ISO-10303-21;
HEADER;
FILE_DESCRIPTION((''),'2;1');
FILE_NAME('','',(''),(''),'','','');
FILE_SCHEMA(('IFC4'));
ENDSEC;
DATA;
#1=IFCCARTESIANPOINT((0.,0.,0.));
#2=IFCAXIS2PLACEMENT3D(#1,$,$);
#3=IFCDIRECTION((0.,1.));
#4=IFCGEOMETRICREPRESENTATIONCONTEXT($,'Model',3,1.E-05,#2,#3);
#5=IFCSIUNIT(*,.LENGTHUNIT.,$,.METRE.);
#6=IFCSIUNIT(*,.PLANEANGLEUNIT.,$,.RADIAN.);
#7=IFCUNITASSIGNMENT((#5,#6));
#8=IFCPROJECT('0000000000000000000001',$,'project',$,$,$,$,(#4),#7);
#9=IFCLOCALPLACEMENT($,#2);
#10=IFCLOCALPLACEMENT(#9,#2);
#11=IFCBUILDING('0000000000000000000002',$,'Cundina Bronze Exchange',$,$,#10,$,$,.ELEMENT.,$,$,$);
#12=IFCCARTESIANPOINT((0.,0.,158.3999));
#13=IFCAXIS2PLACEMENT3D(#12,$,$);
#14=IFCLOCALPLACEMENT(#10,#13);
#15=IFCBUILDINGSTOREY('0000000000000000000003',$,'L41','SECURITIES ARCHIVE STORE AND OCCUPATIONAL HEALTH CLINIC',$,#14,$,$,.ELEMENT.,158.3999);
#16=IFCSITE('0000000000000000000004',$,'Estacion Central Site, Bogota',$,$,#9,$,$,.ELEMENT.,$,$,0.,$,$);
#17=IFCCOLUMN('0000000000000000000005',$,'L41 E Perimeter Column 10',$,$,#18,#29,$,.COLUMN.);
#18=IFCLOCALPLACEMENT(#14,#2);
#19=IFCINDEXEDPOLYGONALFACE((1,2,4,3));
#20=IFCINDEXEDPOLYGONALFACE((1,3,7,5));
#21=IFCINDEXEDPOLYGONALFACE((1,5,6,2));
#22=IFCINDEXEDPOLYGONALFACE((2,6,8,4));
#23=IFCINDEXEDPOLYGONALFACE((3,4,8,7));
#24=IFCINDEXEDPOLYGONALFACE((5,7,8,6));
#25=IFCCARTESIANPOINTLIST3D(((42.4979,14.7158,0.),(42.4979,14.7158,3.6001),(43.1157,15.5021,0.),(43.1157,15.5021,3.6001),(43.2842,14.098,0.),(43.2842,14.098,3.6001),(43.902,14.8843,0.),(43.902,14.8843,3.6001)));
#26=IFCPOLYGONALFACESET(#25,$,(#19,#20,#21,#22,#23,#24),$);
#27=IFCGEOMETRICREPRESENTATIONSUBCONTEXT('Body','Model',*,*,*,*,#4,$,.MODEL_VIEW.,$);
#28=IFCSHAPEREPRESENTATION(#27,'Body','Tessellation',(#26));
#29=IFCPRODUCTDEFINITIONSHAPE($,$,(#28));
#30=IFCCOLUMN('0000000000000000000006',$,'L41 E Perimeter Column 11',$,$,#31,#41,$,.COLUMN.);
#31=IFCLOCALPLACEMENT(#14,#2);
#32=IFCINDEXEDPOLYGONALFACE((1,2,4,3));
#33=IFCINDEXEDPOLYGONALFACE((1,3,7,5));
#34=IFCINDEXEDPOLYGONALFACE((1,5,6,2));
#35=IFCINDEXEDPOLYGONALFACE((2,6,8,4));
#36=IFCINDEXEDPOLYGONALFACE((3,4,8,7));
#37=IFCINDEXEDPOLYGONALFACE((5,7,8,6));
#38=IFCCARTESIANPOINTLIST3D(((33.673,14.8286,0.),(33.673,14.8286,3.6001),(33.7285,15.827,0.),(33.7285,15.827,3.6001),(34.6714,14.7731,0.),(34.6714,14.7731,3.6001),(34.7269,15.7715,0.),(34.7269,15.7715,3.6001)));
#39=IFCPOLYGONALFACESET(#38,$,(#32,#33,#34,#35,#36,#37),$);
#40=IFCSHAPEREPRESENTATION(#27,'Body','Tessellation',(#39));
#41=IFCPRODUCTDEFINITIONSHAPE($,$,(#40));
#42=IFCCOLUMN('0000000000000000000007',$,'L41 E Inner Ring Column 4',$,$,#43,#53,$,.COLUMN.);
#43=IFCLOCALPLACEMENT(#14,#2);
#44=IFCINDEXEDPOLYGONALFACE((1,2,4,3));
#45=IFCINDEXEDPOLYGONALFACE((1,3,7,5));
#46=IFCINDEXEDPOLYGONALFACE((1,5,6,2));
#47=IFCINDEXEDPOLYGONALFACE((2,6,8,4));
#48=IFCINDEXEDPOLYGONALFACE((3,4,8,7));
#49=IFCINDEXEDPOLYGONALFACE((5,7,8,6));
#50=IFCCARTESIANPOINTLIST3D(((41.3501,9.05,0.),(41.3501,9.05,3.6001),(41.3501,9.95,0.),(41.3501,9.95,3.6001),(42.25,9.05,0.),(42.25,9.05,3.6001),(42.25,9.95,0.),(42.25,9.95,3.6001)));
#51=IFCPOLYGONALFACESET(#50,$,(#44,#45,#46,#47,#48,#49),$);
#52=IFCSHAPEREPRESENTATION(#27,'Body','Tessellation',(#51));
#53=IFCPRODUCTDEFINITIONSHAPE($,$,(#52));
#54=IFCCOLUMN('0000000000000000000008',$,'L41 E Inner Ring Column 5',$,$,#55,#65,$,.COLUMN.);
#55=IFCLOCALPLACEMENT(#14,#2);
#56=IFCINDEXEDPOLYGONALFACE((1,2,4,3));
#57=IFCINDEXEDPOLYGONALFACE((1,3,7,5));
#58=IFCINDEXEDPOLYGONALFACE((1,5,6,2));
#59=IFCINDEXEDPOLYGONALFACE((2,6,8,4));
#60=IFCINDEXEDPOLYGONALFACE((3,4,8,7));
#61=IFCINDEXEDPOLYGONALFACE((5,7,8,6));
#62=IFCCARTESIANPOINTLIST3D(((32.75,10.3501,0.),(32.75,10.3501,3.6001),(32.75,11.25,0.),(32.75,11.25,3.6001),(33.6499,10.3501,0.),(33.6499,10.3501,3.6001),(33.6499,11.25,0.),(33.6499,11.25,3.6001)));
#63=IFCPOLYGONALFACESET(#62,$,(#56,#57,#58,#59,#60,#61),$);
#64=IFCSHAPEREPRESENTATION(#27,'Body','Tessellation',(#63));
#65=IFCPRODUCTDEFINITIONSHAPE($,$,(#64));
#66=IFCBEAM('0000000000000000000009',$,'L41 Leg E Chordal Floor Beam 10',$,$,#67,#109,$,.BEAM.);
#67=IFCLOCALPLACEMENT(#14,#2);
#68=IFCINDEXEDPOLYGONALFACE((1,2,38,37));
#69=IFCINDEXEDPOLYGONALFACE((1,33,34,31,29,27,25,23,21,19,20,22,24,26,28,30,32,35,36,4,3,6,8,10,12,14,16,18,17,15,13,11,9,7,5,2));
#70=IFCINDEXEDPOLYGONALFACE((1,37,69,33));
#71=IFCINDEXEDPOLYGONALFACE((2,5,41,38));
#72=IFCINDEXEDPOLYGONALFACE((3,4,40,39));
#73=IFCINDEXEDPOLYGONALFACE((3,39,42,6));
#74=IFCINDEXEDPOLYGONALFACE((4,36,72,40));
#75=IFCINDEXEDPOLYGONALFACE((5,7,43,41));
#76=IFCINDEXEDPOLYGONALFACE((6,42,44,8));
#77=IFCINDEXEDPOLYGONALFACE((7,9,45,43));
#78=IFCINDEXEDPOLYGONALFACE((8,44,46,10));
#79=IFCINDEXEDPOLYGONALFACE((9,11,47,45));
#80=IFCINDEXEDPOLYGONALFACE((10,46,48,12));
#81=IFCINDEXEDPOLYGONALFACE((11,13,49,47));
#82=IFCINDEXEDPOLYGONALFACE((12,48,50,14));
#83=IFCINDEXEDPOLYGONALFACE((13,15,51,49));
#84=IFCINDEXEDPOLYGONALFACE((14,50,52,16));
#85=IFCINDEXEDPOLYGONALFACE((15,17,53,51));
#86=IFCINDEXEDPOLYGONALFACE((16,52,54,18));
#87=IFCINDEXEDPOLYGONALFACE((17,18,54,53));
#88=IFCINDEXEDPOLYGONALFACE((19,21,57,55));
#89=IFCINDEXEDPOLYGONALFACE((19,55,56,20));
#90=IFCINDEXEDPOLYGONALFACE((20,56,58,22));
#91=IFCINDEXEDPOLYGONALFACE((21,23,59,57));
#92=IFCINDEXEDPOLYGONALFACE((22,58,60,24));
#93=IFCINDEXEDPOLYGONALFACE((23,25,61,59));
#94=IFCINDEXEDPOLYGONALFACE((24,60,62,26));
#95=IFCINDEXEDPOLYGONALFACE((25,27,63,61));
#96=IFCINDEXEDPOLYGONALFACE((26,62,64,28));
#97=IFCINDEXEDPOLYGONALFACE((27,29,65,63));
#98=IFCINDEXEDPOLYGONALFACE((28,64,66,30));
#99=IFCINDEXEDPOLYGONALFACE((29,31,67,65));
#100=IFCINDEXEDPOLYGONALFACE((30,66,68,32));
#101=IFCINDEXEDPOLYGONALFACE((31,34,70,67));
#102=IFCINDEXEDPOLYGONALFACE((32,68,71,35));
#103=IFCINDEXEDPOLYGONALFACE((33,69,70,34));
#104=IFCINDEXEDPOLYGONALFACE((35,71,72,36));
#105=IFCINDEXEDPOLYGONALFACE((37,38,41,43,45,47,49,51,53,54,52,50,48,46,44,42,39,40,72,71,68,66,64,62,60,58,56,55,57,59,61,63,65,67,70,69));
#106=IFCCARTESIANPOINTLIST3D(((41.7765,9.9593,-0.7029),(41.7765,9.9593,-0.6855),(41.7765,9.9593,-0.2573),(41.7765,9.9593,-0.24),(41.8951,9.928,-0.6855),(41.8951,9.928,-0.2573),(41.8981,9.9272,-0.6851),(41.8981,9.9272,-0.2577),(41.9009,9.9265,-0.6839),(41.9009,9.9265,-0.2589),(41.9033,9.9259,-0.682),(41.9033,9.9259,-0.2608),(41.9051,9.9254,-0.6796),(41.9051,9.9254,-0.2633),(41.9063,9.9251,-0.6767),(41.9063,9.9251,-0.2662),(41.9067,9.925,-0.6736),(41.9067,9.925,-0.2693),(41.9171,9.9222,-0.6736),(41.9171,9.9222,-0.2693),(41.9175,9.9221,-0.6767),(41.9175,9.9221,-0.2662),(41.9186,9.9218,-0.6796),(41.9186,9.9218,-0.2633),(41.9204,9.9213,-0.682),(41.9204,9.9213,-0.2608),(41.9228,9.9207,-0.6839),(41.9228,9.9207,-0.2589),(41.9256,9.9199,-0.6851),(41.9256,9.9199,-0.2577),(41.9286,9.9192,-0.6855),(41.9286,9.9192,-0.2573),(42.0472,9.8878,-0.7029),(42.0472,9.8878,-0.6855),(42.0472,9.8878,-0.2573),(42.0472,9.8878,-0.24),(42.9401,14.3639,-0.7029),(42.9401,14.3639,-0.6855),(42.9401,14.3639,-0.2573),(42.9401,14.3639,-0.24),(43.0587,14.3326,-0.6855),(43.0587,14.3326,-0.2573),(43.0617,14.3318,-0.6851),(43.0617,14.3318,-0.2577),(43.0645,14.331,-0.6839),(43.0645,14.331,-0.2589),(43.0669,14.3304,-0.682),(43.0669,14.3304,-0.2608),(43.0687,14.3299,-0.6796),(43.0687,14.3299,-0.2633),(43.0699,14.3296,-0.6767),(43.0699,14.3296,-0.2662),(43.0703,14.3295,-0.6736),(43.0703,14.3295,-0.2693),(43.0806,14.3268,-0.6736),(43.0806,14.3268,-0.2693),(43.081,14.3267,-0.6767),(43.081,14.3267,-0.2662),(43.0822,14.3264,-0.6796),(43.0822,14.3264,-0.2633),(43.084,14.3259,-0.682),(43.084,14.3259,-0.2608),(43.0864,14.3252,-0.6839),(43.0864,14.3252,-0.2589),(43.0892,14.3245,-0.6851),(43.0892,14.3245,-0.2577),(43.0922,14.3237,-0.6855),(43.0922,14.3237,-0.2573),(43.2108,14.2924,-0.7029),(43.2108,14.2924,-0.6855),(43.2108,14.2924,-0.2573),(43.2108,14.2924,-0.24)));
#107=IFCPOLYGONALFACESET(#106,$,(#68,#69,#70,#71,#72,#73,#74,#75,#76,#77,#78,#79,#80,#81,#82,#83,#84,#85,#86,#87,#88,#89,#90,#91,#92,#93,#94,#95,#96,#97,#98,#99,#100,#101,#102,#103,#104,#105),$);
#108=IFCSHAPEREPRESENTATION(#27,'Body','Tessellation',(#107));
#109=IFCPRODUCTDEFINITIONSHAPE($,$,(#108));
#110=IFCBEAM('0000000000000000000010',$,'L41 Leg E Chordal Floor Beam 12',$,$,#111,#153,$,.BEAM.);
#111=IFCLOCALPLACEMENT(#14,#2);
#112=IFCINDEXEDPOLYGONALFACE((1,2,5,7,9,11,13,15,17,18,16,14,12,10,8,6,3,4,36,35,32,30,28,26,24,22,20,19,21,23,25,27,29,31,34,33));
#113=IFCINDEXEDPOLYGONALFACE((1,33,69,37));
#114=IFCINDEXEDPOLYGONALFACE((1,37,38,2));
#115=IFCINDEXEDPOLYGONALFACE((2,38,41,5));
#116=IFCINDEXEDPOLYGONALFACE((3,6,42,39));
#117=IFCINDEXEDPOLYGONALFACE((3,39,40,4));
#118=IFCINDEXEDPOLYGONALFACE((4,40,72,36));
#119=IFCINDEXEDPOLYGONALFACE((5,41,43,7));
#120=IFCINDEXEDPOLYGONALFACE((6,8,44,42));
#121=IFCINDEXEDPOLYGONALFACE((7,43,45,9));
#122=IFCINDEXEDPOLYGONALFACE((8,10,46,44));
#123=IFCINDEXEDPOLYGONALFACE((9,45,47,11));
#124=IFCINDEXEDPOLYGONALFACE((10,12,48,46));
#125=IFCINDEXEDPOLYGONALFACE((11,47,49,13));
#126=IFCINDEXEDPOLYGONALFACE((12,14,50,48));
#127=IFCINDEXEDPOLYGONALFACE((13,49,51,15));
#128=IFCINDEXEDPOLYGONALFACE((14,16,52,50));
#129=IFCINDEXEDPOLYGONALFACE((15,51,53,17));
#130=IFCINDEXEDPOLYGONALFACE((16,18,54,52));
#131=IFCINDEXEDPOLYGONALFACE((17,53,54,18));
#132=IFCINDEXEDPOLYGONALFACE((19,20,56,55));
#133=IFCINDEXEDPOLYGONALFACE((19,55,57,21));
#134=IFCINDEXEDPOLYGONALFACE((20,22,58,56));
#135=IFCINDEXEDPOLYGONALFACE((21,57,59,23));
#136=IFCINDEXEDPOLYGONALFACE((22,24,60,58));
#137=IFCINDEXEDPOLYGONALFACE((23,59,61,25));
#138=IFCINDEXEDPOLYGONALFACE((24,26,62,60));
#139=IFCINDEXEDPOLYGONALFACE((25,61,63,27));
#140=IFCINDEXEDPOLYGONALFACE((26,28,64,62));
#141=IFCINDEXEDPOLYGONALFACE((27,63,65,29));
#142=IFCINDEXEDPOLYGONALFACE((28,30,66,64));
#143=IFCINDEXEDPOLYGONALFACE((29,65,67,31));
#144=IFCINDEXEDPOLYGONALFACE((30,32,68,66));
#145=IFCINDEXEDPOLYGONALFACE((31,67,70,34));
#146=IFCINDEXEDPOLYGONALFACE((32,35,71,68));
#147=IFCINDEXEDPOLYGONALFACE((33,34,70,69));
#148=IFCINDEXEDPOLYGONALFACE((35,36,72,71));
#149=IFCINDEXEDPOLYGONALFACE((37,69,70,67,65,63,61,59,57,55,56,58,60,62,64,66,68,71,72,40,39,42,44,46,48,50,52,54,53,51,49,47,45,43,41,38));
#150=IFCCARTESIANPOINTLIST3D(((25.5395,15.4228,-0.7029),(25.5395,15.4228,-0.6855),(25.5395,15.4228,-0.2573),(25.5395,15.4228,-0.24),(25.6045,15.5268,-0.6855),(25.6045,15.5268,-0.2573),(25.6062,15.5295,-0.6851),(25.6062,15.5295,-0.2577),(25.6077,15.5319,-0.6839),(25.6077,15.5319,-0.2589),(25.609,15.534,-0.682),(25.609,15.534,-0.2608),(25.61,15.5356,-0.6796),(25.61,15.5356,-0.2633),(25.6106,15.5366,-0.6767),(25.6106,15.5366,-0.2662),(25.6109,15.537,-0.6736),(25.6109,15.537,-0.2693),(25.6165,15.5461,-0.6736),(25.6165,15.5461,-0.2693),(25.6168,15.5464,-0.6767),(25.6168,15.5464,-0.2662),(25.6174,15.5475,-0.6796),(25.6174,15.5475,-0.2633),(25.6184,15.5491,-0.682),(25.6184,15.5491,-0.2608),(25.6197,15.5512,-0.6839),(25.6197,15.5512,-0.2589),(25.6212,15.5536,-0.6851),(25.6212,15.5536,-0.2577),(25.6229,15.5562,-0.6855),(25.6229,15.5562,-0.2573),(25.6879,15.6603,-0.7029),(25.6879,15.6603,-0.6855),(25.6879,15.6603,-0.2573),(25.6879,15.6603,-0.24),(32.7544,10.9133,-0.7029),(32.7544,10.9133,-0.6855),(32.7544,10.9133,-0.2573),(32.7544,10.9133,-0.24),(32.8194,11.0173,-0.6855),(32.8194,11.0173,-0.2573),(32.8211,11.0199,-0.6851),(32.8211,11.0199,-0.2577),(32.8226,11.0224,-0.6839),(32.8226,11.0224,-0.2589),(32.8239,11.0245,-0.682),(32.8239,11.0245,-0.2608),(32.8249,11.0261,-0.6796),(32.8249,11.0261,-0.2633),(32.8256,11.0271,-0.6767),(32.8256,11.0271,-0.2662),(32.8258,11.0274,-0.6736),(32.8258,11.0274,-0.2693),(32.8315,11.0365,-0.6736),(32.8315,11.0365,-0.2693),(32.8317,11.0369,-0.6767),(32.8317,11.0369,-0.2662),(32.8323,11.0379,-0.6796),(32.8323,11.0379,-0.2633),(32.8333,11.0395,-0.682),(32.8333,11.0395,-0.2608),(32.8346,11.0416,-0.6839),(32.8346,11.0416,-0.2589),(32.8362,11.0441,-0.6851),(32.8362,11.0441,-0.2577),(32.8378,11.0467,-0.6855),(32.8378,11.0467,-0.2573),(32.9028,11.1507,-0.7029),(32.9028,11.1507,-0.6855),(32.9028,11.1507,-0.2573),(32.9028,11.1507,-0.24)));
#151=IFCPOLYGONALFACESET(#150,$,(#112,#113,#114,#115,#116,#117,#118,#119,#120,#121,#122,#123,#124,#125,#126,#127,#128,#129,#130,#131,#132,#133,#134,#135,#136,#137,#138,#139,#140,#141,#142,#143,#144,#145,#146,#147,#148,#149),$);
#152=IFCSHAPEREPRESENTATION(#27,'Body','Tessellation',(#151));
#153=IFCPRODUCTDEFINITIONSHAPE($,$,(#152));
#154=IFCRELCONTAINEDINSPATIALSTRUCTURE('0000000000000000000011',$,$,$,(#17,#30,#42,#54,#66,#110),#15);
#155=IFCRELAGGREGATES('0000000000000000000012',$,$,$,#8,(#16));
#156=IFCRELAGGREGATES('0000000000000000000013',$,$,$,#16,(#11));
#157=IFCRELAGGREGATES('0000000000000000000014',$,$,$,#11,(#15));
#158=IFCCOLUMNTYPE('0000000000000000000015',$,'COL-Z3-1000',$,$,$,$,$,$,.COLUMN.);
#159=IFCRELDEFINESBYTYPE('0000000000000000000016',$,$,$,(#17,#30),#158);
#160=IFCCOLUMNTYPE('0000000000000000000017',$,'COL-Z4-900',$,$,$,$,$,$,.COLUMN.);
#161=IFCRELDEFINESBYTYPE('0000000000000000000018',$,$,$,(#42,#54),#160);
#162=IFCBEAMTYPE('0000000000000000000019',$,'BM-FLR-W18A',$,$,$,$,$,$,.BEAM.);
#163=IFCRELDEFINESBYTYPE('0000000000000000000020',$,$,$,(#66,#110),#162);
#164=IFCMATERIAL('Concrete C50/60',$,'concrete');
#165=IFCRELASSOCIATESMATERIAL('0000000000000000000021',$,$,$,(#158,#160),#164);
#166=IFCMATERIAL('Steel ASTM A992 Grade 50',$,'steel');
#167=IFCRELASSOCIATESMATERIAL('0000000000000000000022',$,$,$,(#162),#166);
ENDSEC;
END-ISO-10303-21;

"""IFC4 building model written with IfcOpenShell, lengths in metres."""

from ifc_helpers import new_model, si_unit, direction, frame, origin, origin_2d, place, context, subcontext, project, spatial, rectangle, i_section, extrude, material, material_profile, profile_set, type_object, element, save


model = new_model("IFC4")

# Units and contexts
model_context = context("Model", 3, precision=1e-05, world=origin(), true_north=direction((0.0, 1.0)))
body_context = subcontext(model_context, "Body", "Model", "MODEL_VIEW")
ifc_project = project(units=[si_unit("LENGTHUNIT", "METRE"), si_unit("PLANEANGLEUNIT", "RADIAN")], contexts=[model_context])

# Site, building, storey
site_placement = place(None, origin())
site = spatial("IfcSite", under=ifc_project, at=site_placement, Name="Estacion Central Site, Bogota", CompositionType="ELEMENT", RefElevation=0.0)
building_placement = place(site_placement, origin())
building = spatial("IfcBuilding", under=site, at=building_placement, Name="Cundina Bronze Exchange", CompositionType="ELEMENT")
storey_placement = place(building_placement, frame((0.0, 0.0, 158.3999)))
storey = spatial("IfcBuildingStorey", under=building, at=storey_placement, Name="L41", Description="SECURITIES ARCHIVE STORE AND OCCUPATIONAL HEALTH CLINIC", CompositionType="ELEMENT", Elevation=158.3999)

# Columns
ifc_material_1 = material(Name="Concrete C50/60", Category="concrete")
ifc_material_profile_1 = material_profile(ifc_material_1, rectangle(XDim=1.0, YDim=1.0, at=origin_2d()), Name="RC1000X1000", Category="concrete")
ifc_profile_set_1 = profile_set([ifc_material_profile_1], Name="Concrete C50/60")
column_type_1 = type_object("IfcColumnType", Name="COL-Z3-1000", PredefinedType="COLUMN", material=ifc_profile_set_1)
for number, where, z_axis, x_axis, name in (
    (1, (43.2, 14.8, 0.0), (0.0, 0.0, 1.0), (-0.786288, 0.61786, 0.0), "L41 E Perimeter Column 10"),
    (2, (34.2, 15.3, 0.0), (0.0, 0.0, 1.0), (-0.99846, 0.055473, 0.0), "L41 E Perimeter Column 11"),
):
    element("IfcColumn", number, at=place(storey_placement, frame(where, z_axis=z_axis, x_axis=x_axis)), inside=storey, type_object=column_type_1, Name=name, PredefinedType="COLUMN", context=body_context, shape_type="SweptSolid", body=[
        extrude(rectangle(XDim=1.0, YDim=1.0, at=origin_2d()), origin(), (0.0, 0.0, 1.0), 3.6001),
    ])
ifc_material_profile_2 = material_profile(ifc_material_1, rectangle(XDim=0.8999, YDim=0.8999, at=origin_2d()), Name="RC900X900", Category="concrete")
ifc_profile_set_2 = profile_set([ifc_material_profile_2], Name="Concrete C50/60")
column_type_2 = type_object("IfcColumnType", Name="COL-Z4-900", PredefinedType="COLUMN", material=ifc_profile_set_2)
for number, where, z_axis, x_axis, name in (
    (3, (41.8, 9.5, 0.0), (0.0, 0.0, 1.0), (1.0, 0.0, 0.0), "L41 E Inner Ring Column 4"),
    (4, (33.2, 10.8, 0.0), (0.0, 0.0, 1.0), (1.0, 0.0, 0.0), "L41 E Inner Ring Column 5"),
):
    element("IfcColumn", number, at=place(storey_placement, frame(where, z_axis=z_axis, x_axis=x_axis)), inside=storey, type_object=column_type_2, Name=name, PredefinedType="COLUMN", context=body_context, shape_type="SweptSolid", body=[
        extrude(rectangle(XDim=0.8999, YDim=0.8999, at=origin_2d()), origin(), (0.0, 0.0, 1.0), 3.6001),
    ])

# Beams
ifc_material_2 = material(Name="Steel ASTM A992 Grade 50", Category="steel")
ifc_material_profile_3 = material_profile(ifc_material_2, i_section(OverallWidth=0.28, OverallDepth=0.4629, WebThickness=0.0107, FlangeThickness=0.0173, FilletRadius=0.012, at=origin_2d()), Name="W18X76", Category="steel")
ifc_profile_set_3 = profile_set([ifc_material_profile_3], Name="Steel ASTM A992 Grade 50")
beam_type_1 = type_object("IfcBeamType", Name="BM-FLR-W18A", PredefinedType="BEAM", material=ifc_profile_set_3)
beam_1_placement = place(storey_placement, frame((41.9119, 9.9236, -0.4714), z_axis=(0.255414, 0.966832, 0.0), x_axis=(-0.966832, 0.255414, 0.0)))
element("IfcBeam", 5, at=beam_1_placement, inside=storey, type_object=beam_type_1, Name="L41 Leg E Chordal Floor Beam 10", PredefinedType="BEAM", context=body_context, shape_type="SweptSolid", body=[
    extrude(i_section(OverallWidth=0.28, OverallDepth=0.4629, WebThickness=0.0107, FlangeThickness=0.0173, FilletRadius=0.012, at=origin_2d()), origin(), (0.0, 0.0, 1.0), 4.5557),
])
beam_2_placement = place(storey_placement, frame((32.8286, 11.032, -0.4714), z_axis=(-0.847985, 0.53002, 0.0), x_axis=(-0.53002, -0.847985, 0.0)))
element("IfcBeam", 6, at=beam_2_placement, inside=storey, type_object=beam_type_1, Name="L41 Leg E Chordal Floor Beam 12", PredefinedType="BEAM", context=body_context, shape_type="SweptSolid", body=[
    extrude(i_section(OverallWidth=0.28, OverallDepth=0.4629, WebThickness=0.0107, FlangeThickness=0.0173, FilletRadius=0.012, at=origin_2d()), origin(), (0.0, 0.0, 1.0), 8.5083),
])

save(model, "model.ifc")
